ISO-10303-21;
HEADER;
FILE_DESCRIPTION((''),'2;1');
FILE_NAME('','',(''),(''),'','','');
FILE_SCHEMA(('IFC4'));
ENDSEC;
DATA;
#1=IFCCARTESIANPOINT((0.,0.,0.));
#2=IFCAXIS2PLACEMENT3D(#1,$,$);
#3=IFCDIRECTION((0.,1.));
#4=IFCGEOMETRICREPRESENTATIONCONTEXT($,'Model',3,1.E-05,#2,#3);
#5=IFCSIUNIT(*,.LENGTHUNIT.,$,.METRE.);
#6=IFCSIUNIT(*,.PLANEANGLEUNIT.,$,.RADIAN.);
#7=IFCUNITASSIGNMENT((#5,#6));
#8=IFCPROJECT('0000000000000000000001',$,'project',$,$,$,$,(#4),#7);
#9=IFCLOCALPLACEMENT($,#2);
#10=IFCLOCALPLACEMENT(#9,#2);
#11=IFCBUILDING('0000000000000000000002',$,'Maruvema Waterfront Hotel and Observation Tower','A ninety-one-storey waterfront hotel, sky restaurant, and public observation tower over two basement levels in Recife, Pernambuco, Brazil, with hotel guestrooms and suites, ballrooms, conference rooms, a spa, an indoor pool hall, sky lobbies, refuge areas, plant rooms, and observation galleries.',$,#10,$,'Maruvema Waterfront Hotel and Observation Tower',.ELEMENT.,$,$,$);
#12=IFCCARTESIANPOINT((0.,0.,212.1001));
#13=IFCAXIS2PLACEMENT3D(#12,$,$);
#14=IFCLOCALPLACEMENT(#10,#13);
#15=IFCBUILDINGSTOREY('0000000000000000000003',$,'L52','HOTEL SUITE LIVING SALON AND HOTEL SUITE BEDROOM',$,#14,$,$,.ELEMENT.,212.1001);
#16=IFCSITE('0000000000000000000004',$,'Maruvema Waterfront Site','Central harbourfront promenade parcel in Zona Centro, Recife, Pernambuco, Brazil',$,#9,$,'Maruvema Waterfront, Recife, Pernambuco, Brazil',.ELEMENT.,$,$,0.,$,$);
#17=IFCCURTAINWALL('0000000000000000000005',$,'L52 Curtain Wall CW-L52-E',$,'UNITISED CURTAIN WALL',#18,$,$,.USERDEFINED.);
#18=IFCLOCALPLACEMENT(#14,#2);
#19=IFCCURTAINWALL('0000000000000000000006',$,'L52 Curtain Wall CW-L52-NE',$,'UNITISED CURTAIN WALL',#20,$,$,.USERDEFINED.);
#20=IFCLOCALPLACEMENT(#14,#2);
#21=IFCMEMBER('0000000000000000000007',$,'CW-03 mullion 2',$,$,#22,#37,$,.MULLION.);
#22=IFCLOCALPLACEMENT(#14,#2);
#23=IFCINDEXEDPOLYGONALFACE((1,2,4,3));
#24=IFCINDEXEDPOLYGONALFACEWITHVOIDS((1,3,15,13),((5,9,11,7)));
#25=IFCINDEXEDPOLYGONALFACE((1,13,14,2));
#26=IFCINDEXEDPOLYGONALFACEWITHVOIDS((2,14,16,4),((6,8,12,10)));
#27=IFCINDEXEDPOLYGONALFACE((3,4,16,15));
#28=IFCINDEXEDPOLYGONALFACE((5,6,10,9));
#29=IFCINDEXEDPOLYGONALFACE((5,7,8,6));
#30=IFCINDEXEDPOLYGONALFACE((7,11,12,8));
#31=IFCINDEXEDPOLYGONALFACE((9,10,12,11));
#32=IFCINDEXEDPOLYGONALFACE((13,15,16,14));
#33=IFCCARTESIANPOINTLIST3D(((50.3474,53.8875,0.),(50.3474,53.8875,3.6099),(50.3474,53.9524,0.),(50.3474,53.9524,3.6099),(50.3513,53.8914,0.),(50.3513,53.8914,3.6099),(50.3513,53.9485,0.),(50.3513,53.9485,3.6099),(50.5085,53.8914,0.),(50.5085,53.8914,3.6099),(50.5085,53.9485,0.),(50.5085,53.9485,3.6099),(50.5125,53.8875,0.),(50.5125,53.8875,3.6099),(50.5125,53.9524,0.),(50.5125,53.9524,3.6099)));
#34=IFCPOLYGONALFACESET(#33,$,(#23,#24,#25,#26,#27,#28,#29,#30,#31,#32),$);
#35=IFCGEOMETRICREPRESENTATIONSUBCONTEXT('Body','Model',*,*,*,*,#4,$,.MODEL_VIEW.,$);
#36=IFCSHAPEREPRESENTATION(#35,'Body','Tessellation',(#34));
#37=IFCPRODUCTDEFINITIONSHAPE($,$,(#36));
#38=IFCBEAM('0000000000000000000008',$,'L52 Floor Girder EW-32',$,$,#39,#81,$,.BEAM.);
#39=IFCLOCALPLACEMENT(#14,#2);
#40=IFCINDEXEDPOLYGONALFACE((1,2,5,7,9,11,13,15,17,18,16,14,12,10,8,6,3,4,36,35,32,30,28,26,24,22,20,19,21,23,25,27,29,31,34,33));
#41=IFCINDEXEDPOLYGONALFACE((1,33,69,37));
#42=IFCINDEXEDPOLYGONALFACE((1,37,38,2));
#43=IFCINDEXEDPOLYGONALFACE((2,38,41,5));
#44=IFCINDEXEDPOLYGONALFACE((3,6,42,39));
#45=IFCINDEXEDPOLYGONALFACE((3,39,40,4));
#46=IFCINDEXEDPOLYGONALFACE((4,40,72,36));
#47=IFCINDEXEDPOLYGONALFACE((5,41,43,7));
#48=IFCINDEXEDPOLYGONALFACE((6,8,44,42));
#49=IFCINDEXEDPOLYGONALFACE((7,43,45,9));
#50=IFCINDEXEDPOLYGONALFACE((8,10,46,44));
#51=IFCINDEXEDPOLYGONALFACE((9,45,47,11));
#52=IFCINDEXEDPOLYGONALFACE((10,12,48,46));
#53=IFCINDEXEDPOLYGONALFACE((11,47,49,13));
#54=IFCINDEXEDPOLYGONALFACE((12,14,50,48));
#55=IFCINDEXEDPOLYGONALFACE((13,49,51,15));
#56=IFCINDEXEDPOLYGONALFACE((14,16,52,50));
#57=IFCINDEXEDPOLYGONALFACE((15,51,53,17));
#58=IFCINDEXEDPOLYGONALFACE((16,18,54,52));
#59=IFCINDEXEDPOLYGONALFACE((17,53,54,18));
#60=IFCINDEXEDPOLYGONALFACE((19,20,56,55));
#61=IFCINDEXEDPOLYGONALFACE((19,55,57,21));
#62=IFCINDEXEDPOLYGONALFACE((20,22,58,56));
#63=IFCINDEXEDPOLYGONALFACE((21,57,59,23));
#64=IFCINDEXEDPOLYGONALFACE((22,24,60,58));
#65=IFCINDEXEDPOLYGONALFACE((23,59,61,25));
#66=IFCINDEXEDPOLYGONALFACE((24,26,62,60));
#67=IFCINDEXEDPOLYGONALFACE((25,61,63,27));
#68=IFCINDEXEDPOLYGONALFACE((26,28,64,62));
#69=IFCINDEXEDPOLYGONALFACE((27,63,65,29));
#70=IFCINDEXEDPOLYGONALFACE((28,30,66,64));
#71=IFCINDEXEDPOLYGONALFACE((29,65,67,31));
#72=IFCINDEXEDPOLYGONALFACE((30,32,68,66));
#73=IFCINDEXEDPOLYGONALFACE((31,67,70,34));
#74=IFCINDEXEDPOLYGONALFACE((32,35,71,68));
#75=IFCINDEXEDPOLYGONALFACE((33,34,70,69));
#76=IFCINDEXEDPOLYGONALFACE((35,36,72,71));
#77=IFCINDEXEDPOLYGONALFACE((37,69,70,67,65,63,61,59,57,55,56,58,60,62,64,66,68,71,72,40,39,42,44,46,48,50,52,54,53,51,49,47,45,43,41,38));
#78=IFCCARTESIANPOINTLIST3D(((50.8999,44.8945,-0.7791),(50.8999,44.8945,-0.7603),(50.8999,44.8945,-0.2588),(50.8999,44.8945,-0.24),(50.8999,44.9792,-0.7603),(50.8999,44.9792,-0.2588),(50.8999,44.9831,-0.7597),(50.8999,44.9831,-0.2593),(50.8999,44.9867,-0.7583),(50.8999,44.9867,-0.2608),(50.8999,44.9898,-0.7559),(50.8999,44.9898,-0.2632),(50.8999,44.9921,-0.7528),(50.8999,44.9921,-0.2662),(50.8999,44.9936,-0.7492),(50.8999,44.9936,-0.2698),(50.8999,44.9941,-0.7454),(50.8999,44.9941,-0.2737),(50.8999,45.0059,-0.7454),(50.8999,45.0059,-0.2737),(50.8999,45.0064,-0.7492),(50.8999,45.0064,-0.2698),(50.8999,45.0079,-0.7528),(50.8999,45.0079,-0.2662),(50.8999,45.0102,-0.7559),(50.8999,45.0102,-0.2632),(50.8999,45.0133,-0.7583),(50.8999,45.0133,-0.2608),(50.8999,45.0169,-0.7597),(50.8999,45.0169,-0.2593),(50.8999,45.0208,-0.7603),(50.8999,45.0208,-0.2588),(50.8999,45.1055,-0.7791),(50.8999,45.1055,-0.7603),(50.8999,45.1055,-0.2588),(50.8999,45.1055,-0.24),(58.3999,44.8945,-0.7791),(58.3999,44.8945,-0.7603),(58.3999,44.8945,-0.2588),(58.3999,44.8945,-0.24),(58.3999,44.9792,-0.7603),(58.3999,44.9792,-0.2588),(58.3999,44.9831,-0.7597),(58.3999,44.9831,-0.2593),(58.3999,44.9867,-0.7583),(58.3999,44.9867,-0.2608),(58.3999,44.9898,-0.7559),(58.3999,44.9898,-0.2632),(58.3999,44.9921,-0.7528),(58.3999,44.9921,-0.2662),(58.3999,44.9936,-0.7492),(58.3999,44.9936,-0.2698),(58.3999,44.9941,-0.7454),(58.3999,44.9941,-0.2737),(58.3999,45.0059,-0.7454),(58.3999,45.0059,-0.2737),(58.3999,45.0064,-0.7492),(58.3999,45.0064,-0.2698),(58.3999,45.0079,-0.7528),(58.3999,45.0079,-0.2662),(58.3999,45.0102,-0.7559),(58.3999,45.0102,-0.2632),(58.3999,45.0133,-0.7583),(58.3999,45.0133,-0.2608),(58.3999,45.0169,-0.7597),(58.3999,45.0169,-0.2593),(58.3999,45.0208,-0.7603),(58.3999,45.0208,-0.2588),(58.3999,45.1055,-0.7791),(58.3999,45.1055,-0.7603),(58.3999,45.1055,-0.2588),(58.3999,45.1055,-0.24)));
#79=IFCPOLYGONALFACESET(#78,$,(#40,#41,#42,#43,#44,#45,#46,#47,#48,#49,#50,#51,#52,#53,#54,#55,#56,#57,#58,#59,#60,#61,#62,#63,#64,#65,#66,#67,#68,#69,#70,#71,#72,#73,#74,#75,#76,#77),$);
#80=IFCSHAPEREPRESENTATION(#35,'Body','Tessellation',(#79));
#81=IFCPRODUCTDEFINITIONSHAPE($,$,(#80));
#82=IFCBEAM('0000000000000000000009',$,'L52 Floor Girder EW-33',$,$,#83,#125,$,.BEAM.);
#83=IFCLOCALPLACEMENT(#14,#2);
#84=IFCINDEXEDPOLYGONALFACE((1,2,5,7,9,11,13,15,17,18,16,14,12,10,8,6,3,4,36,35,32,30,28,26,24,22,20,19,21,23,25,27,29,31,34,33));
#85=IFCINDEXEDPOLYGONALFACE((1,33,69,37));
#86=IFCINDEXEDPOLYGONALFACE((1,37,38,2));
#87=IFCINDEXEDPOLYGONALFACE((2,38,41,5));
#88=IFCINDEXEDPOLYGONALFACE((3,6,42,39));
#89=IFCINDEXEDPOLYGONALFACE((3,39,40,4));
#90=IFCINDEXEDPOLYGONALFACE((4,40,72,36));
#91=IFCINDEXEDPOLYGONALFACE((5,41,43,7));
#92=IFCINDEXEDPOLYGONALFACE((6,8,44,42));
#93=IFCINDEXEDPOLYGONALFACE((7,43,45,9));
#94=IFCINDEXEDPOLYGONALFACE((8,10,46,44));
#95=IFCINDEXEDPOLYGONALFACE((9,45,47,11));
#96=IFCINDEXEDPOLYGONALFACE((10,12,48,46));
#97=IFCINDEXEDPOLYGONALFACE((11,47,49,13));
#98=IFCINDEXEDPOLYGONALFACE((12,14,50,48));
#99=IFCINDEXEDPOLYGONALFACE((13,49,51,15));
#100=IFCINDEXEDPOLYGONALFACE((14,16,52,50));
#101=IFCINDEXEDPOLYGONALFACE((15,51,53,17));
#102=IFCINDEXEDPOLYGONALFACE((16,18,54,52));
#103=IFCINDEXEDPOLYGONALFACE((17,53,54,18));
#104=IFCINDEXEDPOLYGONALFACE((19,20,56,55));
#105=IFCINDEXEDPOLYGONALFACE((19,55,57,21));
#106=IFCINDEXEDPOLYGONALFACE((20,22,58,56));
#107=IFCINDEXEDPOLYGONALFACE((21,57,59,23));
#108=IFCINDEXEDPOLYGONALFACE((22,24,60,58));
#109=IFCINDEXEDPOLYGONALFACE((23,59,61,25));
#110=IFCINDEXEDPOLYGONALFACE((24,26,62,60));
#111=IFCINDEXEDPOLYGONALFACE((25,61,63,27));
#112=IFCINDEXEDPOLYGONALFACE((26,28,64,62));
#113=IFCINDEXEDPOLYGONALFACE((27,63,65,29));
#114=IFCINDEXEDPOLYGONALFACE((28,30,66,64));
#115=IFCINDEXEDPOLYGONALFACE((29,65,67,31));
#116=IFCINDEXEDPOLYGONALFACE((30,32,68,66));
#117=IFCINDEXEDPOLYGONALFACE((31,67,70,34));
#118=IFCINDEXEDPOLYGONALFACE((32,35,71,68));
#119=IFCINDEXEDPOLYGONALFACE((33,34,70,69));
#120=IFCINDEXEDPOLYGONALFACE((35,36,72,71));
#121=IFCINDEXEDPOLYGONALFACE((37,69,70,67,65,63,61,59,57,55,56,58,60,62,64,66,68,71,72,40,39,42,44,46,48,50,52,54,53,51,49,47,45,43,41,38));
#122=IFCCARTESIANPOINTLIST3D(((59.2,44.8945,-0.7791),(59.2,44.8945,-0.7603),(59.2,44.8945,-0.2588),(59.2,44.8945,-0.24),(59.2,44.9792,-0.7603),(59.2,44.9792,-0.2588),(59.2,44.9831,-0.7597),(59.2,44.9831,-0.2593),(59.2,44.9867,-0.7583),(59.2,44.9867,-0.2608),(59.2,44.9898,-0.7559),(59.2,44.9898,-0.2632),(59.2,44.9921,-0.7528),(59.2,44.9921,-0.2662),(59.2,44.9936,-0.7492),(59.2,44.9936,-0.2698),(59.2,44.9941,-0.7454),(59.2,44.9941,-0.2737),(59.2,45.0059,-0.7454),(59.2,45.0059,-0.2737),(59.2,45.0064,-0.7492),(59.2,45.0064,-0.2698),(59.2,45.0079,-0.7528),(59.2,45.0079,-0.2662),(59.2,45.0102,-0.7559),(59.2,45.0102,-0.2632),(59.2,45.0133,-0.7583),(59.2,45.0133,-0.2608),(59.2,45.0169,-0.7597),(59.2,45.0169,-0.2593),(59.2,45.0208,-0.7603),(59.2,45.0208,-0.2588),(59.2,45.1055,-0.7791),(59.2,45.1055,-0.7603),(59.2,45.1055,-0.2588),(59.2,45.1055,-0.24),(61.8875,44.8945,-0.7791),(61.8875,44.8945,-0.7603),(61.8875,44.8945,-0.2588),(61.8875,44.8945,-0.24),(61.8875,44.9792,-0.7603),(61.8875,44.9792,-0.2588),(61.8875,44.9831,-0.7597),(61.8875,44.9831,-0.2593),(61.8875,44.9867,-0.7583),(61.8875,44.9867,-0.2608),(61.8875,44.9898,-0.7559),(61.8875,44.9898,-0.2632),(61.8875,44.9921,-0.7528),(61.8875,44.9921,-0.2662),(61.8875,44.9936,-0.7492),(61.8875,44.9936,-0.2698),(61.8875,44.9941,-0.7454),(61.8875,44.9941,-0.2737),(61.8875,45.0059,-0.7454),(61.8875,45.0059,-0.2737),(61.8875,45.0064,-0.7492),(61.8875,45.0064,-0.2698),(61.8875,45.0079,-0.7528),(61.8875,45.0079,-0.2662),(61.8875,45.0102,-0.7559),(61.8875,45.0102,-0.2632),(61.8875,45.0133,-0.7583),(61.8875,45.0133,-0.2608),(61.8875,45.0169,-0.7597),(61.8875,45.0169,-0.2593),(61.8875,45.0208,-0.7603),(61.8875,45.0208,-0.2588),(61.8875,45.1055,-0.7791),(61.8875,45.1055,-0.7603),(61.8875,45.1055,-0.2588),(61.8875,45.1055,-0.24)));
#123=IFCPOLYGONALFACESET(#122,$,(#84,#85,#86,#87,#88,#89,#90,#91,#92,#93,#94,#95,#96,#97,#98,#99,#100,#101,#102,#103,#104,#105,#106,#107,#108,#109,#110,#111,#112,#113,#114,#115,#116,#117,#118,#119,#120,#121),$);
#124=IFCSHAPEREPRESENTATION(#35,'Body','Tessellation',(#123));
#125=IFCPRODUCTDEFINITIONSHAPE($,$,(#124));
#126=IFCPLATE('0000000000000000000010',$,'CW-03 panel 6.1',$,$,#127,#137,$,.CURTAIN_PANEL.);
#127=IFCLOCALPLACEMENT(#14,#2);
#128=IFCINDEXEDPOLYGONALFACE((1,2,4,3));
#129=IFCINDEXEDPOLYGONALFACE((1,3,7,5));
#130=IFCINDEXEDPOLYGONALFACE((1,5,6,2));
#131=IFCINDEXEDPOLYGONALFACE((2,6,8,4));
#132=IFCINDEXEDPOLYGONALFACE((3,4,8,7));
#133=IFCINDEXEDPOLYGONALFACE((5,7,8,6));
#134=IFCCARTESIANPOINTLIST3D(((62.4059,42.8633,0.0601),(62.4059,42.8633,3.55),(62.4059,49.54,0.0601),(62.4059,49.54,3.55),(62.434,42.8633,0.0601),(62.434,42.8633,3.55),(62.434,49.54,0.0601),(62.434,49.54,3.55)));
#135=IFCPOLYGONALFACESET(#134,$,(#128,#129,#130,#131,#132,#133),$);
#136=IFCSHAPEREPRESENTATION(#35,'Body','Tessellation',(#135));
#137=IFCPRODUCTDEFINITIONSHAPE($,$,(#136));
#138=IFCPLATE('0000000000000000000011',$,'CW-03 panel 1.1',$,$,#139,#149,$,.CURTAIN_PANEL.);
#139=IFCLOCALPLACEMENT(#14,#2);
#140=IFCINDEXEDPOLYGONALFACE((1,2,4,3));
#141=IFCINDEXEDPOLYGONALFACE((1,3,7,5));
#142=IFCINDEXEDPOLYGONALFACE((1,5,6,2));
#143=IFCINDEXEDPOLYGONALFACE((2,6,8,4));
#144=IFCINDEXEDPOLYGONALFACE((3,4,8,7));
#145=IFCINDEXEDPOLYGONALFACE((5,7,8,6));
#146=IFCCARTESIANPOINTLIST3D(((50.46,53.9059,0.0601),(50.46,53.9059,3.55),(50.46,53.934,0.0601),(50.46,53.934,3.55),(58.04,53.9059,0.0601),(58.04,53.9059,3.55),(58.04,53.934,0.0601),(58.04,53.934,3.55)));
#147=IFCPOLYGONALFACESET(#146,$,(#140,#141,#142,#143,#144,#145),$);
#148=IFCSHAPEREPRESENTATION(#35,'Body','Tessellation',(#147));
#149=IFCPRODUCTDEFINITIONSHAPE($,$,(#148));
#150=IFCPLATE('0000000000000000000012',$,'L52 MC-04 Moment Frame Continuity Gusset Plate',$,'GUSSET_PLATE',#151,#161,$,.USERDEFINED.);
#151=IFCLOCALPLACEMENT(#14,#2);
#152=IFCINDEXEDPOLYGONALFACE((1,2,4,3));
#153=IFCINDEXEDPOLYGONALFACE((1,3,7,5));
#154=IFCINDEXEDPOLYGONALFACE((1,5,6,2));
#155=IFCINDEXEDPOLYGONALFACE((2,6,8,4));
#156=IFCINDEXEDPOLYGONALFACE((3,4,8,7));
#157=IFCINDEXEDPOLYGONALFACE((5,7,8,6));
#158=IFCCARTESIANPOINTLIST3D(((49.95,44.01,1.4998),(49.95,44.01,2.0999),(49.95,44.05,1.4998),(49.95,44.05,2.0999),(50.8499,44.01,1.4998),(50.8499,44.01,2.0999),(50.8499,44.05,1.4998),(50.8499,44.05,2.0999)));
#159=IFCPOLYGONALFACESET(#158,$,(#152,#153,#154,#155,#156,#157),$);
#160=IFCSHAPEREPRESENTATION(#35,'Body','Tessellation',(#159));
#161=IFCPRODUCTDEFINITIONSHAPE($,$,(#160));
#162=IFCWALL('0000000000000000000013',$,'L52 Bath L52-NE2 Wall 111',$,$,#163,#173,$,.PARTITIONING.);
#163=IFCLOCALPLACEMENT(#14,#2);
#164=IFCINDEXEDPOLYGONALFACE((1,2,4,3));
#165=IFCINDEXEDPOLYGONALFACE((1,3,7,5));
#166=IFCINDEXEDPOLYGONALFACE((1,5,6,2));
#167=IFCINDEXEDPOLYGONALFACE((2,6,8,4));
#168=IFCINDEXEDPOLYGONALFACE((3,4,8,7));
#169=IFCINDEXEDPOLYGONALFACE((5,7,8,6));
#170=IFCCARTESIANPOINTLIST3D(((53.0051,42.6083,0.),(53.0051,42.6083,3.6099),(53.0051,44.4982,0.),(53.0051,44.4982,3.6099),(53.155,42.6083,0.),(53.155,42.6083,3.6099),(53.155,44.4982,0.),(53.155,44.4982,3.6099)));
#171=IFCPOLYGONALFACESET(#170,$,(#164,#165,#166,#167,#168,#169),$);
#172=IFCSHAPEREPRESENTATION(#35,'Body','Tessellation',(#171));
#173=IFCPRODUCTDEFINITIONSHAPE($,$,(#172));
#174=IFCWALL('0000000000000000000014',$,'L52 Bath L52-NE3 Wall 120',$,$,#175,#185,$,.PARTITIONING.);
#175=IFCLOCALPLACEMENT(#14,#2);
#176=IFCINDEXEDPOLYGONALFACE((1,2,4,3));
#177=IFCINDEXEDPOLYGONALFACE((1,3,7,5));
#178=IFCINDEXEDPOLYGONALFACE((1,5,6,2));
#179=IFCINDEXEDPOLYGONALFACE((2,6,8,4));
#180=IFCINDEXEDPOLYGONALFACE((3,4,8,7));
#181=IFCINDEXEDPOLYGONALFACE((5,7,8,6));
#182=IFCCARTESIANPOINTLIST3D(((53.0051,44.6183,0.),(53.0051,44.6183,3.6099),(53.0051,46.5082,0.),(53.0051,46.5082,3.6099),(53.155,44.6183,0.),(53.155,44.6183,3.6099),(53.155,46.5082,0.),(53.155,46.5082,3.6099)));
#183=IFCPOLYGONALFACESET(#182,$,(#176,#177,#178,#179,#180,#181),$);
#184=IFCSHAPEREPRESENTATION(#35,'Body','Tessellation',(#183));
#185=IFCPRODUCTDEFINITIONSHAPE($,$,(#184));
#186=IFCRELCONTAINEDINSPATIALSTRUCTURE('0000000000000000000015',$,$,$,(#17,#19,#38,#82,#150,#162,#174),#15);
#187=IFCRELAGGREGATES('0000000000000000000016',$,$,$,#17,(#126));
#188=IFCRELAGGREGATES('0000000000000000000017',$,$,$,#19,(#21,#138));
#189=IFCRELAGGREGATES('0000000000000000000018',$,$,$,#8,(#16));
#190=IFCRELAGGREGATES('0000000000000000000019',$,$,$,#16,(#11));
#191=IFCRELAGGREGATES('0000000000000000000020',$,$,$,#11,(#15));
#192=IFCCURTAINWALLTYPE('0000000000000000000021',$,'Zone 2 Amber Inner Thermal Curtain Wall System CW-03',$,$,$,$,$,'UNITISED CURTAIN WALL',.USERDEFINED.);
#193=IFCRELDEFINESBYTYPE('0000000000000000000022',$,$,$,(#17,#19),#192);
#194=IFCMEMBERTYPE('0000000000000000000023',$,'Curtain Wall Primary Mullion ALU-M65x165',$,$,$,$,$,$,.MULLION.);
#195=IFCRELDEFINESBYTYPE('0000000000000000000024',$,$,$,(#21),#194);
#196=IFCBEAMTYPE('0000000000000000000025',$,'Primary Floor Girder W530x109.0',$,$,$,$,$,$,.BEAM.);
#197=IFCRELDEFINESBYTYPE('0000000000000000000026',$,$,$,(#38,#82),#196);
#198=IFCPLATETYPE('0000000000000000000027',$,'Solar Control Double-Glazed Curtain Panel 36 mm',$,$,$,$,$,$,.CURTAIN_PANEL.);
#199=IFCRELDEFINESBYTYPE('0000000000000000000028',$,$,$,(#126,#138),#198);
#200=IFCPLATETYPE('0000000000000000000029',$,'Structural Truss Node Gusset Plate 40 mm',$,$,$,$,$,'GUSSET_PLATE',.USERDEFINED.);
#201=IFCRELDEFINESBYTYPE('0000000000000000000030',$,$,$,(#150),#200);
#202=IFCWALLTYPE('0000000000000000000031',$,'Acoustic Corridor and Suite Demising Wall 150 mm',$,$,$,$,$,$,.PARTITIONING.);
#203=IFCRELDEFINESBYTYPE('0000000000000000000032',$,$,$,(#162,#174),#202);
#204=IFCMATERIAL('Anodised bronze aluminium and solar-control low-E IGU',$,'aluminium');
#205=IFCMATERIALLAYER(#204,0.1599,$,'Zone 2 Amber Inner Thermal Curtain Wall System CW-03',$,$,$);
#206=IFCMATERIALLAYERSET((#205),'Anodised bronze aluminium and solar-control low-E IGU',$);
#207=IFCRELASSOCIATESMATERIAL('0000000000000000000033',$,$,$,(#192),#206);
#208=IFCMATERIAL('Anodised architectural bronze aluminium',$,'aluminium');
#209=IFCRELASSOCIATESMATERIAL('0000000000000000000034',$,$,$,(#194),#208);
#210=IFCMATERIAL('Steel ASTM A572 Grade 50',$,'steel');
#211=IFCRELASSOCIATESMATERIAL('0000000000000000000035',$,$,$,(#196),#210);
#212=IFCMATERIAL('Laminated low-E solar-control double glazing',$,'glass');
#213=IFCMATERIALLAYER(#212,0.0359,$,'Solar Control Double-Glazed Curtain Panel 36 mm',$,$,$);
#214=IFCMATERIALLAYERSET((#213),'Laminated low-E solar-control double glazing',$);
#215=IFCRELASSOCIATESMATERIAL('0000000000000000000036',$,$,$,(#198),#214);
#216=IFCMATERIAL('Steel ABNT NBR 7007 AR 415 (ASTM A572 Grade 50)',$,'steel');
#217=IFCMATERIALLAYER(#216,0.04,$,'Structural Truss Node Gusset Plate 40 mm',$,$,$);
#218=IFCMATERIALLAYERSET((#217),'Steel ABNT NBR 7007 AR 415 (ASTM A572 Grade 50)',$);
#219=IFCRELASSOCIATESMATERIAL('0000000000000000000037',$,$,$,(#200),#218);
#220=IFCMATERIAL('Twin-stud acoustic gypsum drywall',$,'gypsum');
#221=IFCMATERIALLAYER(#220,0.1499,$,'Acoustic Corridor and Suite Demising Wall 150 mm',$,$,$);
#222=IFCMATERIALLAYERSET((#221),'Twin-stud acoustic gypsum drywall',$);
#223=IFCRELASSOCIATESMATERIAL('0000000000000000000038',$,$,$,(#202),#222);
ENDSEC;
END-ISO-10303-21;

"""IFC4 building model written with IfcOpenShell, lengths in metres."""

from ifc_helpers import new_model, si_unit, direction, frame, frame_2d, origin, origin_2d, place, context, subcontext, project, spatial, rectangle, hollow_rectangle, i_section, extrude, material, layer, layer_set, material_profile, profile_set, type_object, element, aggregate, save


model = new_model("IFC4")

# Units and contexts
model_context = context("Model", 3, precision=1e-05, world=origin(), true_north=direction((0.0, 1.0)))
body_context = subcontext(model_context, "Body", "Model", "MODEL_VIEW")
ifc_project = project(units=[si_unit("LENGTHUNIT", "METRE"), si_unit("PLANEANGLEUNIT", "RADIAN")], contexts=[model_context])

# Site, building, storey
site_placement = place(None, origin())
site = spatial("IfcSite", under=ifc_project, at=site_placement, Name="Maruvema Waterfront Site", Description="Central harbourfront promenade parcel in Zona Centro, Recife, Pernambuco, Brazil", LongName="Maruvema Waterfront, Recife, Pernambuco, Brazil", CompositionType="ELEMENT", RefElevation=0.0)
building_placement = place(site_placement, origin())
building = spatial("IfcBuilding", under=site, at=building_placement, Name="Maruvema Waterfront Hotel and Observation Tower", Description="A ninety-one-storey waterfront hotel, sky restaurant, and public observation tower over two basement levels in Recife, Pernambuco, Brazil, with hotel guestrooms and suites, ballrooms, conference rooms, a spa, an indoor pool hall, sky lobbies, refuge areas, plant rooms, and observation galleries.", LongName="Maruvema Waterfront Hotel and Observation Tower", CompositionType="ELEMENT")
storey_placement = place(building_placement, frame((0.0, 0.0, 212.1001)))
storey = spatial("IfcBuildingStorey", under=building, at=storey_placement, Name="L52", Description="HOTEL SUITE LIVING SALON AND HOTEL SUITE BEDROOM", CompositionType="ELEMENT", Elevation=212.1001)

# Curtain walls
ifc_material_1 = material(Name="Anodised bronze aluminium and solar-control low-E IGU", Category="aluminium")
ifc_layer_1 = layer(ifc_material_1, 0.1599, Name="Zone 2 Amber Inner Thermal Curtain Wall System CW-03")
ifc_layer_set_1 = layer_set([ifc_layer_1], Name="Anodised bronze aluminium and solar-control low-E IGU")
curtain_wall_type = type_object("IfcCurtainWallType", Name="Zone 2 Amber Inner Thermal Curtain Wall System CW-03", ElementType="UNITISED CURTAIN WALL", PredefinedType="USERDEFINED", material=ifc_layer_set_1)
curtain_wall_1_placement = place(storey_placement, origin())
curtain_wall_1 = element("IfcCurtainWall", 1, at=curtain_wall_1_placement, inside=storey, type_object=curtain_wall_type, Name="L52 Curtain Wall CW-L52-E", ObjectType="UNITISED CURTAIN WALL", PredefinedType="USERDEFINED")
curtain_wall_2_placement = place(storey_placement, origin())
curtain_wall_2 = element("IfcCurtainWall", 2, at=curtain_wall_2_placement, inside=storey, type_object=curtain_wall_type, Name="L52 Curtain Wall CW-L52-NE", ObjectType="UNITISED CURTAIN WALL", PredefinedType="USERDEFINED")

# Member
ifc_material_2 = material(Name="Anodised architectural bronze aluminium", Category="aluminium")
ifc_material_profile_1 = material_profile(ifc_material_2, hollow_rectangle(XDim=0.0649, YDim=0.165, WallThickness=0.0039, at=origin_2d()), Name="ALU-M65x165")
ifc_profile_set_1 = profile_set([ifc_material_profile_1], Name="Anodised architectural bronze aluminium")
member_type_1 = type_object("IfcMemberType", Name="Curtain Wall Primary Mullion ALU-M65x165", PredefinedType="MULLION", material=ifc_profile_set_1)
member_1_placement = place(storey_placement, frame((50.4299, 53.9199, 0.0), z_axis=(0.0, 0.0, 1.0), x_axis=(0.0, -1.0, 0.0)))
member_1 = element("IfcMember", 3, at=member_1_placement, type_object=member_type_1, Name="CW-03 mullion 2", PredefinedType="MULLION", context=body_context, shape_type="SweptSolid", body=[
    extrude(hollow_rectangle(XDim=0.0649, YDim=0.165, WallThickness=0.0039, at=origin_2d()), origin(), (0.0, 0.0, 1.0), 3.6099),
])

# Beams
ifc_material_3 = material(Name="Steel ASTM A572 Grade 50", Category="steel")
ifc_material_profile_2 = material_profile(ifc_material_3, i_section(OverallWidth=0.2109, OverallDepth=0.5391, WebThickness=0.0117, FlangeThickness=0.0188, FilletRadius=0.0149, at=origin_2d()), Name="W530x109.0")
ifc_profile_set_2 = profile_set([ifc_material_profile_2], Name="Steel ASTM A572 Grade 50")
beam_type = type_object("IfcBeamType", Name="Primary Floor Girder W530x109.0", PredefinedType="BEAM", material=ifc_profile_set_2)
beam_1_placement = place(storey_placement, frame((50.8999, 45.0, -0.5095), z_axis=(1.0, 0.0, 0.0), x_axis=(0.0, 1.0, 0.0)))
element("IfcBeam", 4, at=beam_1_placement, inside=storey, type_object=beam_type, Name="L52 Floor Girder EW-32", PredefinedType="BEAM", context=body_context, shape_type="SweptSolid", body=[
    extrude(i_section(OverallWidth=0.2109, OverallDepth=0.5391, WebThickness=0.0117, FlangeThickness=0.0188, FilletRadius=0.0149, at=origin_2d()), origin(), (0.0, 0.0, 1.0), 7.5),
])
beam_2_placement = place(storey_placement, frame((59.2, 45.0, -0.5095), z_axis=(1.0, 0.0, 0.0), x_axis=(0.0, 1.0, 0.0)))
element("IfcBeam", 5, at=beam_2_placement, inside=storey, type_object=beam_type, Name="L52 Floor Girder EW-33", PredefinedType="BEAM", context=body_context, shape_type="SweptSolid", body=[
    extrude(i_section(OverallWidth=0.2109, OverallDepth=0.5391, WebThickness=0.0117, FlangeThickness=0.0188, FilletRadius=0.0149, at=origin_2d()), origin(), (0.0, 0.0, 1.0), 2.6875),
])

# Plates
ifc_material_4 = material(Name="Laminated low-E solar-control double glazing", Category="glass")
ifc_layer_2 = layer(ifc_material_4, 0.0359, Name="Solar Control Double-Glazed Curtain Panel 36 mm")
ifc_layer_set_2 = layer_set([ifc_layer_2], Name="Laminated low-E solar-control double glazing")
plate_type_1 = type_object("IfcPlateType", Name="Solar Control Double-Glazed Curtain Panel 36 mm", PredefinedType="CURTAIN_PANEL", material=ifc_layer_set_2)
plate_1_placement = place(storey_placement, frame((62.4199, 46.2017, 0.0601), z_axis=(0.0, 0.0, 1.0), x_axis=(0.0, 1.0, 0.0)))
plate_1 = element("IfcPlate", 6, at=plate_1_placement, type_object=plate_type_1, Name="CW-03 panel 6.1", PredefinedType="CURTAIN_PANEL", context=body_context, shape_type="SweptSolid", body=[
    extrude(rectangle(XDim=6.6768, YDim=0.0281, at=origin_2d()), origin(), (0.0, 0.0, 1.0), 3.49),
])
aggregate(curtain_wall_1, [plate_1])
plate_2_placement = place(storey_placement, frame((54.25, 53.9199, 0.0601), z_axis=(0.0, 0.0, 1.0), x_axis=(-1.0, 0.0, 0.0)))
plate_2 = element("IfcPlate", 7, at=plate_2_placement, type_object=plate_type_1, Name="CW-03 panel 1.1", PredefinedType="CURTAIN_PANEL", context=body_context, shape_type="SweptSolid", body=[
    extrude(rectangle(XDim=7.5801, YDim=0.0281, at=origin_2d()), origin(), (0.0, 0.0, 1.0), 3.49),
])
aggregate(curtain_wall_2, [member_1, plate_2])
ifc_material_5 = material(Name="Steel ABNT NBR 7007 AR 415 (ASTM A572 Grade 50)", Category="steel")
ifc_layer_3 = layer(ifc_material_5, 0.04, Name="Structural Truss Node Gusset Plate 40 mm")
ifc_layer_set_3 = layer_set([ifc_layer_3], Name="Steel ABNT NBR 7007 AR 415 (ASTM A572 Grade 50)")
plate_type_2 = type_object("IfcPlateType", Name="Structural Truss Node Gusset Plate 40 mm", ElementType="GUSSET_PLATE", PredefinedType="USERDEFINED", material=ifc_layer_set_3)
plate_3_placement = place(storey_placement, frame((50.3999, 44.03, 1.4998), z_axis=(0.0, 0.0, 1.0), x_axis=(1.0, 0.0, 0.0)))
element("IfcPlate", 8, at=plate_3_placement, inside=storey, type_object=plate_type_2, Name="L52 MC-04 Moment Frame Continuity Gusset Plate", ObjectType="GUSSET_PLATE", PredefinedType="USERDEFINED", context=body_context, shape_type="SweptSolid", body=[
    extrude(rectangle(XDim=0.8999, YDim=0.04, at=origin_2d()), origin(), (0.0, 0.0, 1.0), 0.6001),
])

# Walls
ifc_material_6 = material(Name="Twin-stud acoustic gypsum drywall", Category="gypsum")
ifc_layer_4 = layer(ifc_material_6, 0.1499, Name="Acoustic Corridor and Suite Demising Wall 150 mm")
ifc_layer_set_4 = layer_set([ifc_layer_4], Name="Twin-stud acoustic gypsum drywall")
wall_type_1 = type_object("IfcWallType", Name="Acoustic Corridor and Suite Demising Wall 150 mm", PredefinedType="PARTITIONING", material=ifc_layer_set_4)
for number, where, z_axis, x_axis, name in (
    (9, (53.0801, 42.6084, 0.0), (0.0, 0.0, 1.0), (0.0, 1.0, 0.0), "L52 Bath L52-NE2 Wall 111"),
    (10, (53.0801, 44.6184, 0.0), (0.0, 0.0, 1.0), (0.0, 1.0, 0.0), "L52 Bath L52-NE3 Wall 120"),
):
    element("IfcWall", number, at=place(storey_placement, frame(where, z_axis=z_axis, x_axis=x_axis)), inside=storey, type_object=wall_type_1, Name=name, PredefinedType="PARTITIONING", context=body_context, shape_type="SweptSolid", body=[
        extrude(rectangle(XDim=1.8899, YDim=0.1499, at=frame_2d((0.9448, 0.0))), origin(), (0.0, 0.0, 1.0), 3.6099),
    ])

save(model, "model.ifc")
